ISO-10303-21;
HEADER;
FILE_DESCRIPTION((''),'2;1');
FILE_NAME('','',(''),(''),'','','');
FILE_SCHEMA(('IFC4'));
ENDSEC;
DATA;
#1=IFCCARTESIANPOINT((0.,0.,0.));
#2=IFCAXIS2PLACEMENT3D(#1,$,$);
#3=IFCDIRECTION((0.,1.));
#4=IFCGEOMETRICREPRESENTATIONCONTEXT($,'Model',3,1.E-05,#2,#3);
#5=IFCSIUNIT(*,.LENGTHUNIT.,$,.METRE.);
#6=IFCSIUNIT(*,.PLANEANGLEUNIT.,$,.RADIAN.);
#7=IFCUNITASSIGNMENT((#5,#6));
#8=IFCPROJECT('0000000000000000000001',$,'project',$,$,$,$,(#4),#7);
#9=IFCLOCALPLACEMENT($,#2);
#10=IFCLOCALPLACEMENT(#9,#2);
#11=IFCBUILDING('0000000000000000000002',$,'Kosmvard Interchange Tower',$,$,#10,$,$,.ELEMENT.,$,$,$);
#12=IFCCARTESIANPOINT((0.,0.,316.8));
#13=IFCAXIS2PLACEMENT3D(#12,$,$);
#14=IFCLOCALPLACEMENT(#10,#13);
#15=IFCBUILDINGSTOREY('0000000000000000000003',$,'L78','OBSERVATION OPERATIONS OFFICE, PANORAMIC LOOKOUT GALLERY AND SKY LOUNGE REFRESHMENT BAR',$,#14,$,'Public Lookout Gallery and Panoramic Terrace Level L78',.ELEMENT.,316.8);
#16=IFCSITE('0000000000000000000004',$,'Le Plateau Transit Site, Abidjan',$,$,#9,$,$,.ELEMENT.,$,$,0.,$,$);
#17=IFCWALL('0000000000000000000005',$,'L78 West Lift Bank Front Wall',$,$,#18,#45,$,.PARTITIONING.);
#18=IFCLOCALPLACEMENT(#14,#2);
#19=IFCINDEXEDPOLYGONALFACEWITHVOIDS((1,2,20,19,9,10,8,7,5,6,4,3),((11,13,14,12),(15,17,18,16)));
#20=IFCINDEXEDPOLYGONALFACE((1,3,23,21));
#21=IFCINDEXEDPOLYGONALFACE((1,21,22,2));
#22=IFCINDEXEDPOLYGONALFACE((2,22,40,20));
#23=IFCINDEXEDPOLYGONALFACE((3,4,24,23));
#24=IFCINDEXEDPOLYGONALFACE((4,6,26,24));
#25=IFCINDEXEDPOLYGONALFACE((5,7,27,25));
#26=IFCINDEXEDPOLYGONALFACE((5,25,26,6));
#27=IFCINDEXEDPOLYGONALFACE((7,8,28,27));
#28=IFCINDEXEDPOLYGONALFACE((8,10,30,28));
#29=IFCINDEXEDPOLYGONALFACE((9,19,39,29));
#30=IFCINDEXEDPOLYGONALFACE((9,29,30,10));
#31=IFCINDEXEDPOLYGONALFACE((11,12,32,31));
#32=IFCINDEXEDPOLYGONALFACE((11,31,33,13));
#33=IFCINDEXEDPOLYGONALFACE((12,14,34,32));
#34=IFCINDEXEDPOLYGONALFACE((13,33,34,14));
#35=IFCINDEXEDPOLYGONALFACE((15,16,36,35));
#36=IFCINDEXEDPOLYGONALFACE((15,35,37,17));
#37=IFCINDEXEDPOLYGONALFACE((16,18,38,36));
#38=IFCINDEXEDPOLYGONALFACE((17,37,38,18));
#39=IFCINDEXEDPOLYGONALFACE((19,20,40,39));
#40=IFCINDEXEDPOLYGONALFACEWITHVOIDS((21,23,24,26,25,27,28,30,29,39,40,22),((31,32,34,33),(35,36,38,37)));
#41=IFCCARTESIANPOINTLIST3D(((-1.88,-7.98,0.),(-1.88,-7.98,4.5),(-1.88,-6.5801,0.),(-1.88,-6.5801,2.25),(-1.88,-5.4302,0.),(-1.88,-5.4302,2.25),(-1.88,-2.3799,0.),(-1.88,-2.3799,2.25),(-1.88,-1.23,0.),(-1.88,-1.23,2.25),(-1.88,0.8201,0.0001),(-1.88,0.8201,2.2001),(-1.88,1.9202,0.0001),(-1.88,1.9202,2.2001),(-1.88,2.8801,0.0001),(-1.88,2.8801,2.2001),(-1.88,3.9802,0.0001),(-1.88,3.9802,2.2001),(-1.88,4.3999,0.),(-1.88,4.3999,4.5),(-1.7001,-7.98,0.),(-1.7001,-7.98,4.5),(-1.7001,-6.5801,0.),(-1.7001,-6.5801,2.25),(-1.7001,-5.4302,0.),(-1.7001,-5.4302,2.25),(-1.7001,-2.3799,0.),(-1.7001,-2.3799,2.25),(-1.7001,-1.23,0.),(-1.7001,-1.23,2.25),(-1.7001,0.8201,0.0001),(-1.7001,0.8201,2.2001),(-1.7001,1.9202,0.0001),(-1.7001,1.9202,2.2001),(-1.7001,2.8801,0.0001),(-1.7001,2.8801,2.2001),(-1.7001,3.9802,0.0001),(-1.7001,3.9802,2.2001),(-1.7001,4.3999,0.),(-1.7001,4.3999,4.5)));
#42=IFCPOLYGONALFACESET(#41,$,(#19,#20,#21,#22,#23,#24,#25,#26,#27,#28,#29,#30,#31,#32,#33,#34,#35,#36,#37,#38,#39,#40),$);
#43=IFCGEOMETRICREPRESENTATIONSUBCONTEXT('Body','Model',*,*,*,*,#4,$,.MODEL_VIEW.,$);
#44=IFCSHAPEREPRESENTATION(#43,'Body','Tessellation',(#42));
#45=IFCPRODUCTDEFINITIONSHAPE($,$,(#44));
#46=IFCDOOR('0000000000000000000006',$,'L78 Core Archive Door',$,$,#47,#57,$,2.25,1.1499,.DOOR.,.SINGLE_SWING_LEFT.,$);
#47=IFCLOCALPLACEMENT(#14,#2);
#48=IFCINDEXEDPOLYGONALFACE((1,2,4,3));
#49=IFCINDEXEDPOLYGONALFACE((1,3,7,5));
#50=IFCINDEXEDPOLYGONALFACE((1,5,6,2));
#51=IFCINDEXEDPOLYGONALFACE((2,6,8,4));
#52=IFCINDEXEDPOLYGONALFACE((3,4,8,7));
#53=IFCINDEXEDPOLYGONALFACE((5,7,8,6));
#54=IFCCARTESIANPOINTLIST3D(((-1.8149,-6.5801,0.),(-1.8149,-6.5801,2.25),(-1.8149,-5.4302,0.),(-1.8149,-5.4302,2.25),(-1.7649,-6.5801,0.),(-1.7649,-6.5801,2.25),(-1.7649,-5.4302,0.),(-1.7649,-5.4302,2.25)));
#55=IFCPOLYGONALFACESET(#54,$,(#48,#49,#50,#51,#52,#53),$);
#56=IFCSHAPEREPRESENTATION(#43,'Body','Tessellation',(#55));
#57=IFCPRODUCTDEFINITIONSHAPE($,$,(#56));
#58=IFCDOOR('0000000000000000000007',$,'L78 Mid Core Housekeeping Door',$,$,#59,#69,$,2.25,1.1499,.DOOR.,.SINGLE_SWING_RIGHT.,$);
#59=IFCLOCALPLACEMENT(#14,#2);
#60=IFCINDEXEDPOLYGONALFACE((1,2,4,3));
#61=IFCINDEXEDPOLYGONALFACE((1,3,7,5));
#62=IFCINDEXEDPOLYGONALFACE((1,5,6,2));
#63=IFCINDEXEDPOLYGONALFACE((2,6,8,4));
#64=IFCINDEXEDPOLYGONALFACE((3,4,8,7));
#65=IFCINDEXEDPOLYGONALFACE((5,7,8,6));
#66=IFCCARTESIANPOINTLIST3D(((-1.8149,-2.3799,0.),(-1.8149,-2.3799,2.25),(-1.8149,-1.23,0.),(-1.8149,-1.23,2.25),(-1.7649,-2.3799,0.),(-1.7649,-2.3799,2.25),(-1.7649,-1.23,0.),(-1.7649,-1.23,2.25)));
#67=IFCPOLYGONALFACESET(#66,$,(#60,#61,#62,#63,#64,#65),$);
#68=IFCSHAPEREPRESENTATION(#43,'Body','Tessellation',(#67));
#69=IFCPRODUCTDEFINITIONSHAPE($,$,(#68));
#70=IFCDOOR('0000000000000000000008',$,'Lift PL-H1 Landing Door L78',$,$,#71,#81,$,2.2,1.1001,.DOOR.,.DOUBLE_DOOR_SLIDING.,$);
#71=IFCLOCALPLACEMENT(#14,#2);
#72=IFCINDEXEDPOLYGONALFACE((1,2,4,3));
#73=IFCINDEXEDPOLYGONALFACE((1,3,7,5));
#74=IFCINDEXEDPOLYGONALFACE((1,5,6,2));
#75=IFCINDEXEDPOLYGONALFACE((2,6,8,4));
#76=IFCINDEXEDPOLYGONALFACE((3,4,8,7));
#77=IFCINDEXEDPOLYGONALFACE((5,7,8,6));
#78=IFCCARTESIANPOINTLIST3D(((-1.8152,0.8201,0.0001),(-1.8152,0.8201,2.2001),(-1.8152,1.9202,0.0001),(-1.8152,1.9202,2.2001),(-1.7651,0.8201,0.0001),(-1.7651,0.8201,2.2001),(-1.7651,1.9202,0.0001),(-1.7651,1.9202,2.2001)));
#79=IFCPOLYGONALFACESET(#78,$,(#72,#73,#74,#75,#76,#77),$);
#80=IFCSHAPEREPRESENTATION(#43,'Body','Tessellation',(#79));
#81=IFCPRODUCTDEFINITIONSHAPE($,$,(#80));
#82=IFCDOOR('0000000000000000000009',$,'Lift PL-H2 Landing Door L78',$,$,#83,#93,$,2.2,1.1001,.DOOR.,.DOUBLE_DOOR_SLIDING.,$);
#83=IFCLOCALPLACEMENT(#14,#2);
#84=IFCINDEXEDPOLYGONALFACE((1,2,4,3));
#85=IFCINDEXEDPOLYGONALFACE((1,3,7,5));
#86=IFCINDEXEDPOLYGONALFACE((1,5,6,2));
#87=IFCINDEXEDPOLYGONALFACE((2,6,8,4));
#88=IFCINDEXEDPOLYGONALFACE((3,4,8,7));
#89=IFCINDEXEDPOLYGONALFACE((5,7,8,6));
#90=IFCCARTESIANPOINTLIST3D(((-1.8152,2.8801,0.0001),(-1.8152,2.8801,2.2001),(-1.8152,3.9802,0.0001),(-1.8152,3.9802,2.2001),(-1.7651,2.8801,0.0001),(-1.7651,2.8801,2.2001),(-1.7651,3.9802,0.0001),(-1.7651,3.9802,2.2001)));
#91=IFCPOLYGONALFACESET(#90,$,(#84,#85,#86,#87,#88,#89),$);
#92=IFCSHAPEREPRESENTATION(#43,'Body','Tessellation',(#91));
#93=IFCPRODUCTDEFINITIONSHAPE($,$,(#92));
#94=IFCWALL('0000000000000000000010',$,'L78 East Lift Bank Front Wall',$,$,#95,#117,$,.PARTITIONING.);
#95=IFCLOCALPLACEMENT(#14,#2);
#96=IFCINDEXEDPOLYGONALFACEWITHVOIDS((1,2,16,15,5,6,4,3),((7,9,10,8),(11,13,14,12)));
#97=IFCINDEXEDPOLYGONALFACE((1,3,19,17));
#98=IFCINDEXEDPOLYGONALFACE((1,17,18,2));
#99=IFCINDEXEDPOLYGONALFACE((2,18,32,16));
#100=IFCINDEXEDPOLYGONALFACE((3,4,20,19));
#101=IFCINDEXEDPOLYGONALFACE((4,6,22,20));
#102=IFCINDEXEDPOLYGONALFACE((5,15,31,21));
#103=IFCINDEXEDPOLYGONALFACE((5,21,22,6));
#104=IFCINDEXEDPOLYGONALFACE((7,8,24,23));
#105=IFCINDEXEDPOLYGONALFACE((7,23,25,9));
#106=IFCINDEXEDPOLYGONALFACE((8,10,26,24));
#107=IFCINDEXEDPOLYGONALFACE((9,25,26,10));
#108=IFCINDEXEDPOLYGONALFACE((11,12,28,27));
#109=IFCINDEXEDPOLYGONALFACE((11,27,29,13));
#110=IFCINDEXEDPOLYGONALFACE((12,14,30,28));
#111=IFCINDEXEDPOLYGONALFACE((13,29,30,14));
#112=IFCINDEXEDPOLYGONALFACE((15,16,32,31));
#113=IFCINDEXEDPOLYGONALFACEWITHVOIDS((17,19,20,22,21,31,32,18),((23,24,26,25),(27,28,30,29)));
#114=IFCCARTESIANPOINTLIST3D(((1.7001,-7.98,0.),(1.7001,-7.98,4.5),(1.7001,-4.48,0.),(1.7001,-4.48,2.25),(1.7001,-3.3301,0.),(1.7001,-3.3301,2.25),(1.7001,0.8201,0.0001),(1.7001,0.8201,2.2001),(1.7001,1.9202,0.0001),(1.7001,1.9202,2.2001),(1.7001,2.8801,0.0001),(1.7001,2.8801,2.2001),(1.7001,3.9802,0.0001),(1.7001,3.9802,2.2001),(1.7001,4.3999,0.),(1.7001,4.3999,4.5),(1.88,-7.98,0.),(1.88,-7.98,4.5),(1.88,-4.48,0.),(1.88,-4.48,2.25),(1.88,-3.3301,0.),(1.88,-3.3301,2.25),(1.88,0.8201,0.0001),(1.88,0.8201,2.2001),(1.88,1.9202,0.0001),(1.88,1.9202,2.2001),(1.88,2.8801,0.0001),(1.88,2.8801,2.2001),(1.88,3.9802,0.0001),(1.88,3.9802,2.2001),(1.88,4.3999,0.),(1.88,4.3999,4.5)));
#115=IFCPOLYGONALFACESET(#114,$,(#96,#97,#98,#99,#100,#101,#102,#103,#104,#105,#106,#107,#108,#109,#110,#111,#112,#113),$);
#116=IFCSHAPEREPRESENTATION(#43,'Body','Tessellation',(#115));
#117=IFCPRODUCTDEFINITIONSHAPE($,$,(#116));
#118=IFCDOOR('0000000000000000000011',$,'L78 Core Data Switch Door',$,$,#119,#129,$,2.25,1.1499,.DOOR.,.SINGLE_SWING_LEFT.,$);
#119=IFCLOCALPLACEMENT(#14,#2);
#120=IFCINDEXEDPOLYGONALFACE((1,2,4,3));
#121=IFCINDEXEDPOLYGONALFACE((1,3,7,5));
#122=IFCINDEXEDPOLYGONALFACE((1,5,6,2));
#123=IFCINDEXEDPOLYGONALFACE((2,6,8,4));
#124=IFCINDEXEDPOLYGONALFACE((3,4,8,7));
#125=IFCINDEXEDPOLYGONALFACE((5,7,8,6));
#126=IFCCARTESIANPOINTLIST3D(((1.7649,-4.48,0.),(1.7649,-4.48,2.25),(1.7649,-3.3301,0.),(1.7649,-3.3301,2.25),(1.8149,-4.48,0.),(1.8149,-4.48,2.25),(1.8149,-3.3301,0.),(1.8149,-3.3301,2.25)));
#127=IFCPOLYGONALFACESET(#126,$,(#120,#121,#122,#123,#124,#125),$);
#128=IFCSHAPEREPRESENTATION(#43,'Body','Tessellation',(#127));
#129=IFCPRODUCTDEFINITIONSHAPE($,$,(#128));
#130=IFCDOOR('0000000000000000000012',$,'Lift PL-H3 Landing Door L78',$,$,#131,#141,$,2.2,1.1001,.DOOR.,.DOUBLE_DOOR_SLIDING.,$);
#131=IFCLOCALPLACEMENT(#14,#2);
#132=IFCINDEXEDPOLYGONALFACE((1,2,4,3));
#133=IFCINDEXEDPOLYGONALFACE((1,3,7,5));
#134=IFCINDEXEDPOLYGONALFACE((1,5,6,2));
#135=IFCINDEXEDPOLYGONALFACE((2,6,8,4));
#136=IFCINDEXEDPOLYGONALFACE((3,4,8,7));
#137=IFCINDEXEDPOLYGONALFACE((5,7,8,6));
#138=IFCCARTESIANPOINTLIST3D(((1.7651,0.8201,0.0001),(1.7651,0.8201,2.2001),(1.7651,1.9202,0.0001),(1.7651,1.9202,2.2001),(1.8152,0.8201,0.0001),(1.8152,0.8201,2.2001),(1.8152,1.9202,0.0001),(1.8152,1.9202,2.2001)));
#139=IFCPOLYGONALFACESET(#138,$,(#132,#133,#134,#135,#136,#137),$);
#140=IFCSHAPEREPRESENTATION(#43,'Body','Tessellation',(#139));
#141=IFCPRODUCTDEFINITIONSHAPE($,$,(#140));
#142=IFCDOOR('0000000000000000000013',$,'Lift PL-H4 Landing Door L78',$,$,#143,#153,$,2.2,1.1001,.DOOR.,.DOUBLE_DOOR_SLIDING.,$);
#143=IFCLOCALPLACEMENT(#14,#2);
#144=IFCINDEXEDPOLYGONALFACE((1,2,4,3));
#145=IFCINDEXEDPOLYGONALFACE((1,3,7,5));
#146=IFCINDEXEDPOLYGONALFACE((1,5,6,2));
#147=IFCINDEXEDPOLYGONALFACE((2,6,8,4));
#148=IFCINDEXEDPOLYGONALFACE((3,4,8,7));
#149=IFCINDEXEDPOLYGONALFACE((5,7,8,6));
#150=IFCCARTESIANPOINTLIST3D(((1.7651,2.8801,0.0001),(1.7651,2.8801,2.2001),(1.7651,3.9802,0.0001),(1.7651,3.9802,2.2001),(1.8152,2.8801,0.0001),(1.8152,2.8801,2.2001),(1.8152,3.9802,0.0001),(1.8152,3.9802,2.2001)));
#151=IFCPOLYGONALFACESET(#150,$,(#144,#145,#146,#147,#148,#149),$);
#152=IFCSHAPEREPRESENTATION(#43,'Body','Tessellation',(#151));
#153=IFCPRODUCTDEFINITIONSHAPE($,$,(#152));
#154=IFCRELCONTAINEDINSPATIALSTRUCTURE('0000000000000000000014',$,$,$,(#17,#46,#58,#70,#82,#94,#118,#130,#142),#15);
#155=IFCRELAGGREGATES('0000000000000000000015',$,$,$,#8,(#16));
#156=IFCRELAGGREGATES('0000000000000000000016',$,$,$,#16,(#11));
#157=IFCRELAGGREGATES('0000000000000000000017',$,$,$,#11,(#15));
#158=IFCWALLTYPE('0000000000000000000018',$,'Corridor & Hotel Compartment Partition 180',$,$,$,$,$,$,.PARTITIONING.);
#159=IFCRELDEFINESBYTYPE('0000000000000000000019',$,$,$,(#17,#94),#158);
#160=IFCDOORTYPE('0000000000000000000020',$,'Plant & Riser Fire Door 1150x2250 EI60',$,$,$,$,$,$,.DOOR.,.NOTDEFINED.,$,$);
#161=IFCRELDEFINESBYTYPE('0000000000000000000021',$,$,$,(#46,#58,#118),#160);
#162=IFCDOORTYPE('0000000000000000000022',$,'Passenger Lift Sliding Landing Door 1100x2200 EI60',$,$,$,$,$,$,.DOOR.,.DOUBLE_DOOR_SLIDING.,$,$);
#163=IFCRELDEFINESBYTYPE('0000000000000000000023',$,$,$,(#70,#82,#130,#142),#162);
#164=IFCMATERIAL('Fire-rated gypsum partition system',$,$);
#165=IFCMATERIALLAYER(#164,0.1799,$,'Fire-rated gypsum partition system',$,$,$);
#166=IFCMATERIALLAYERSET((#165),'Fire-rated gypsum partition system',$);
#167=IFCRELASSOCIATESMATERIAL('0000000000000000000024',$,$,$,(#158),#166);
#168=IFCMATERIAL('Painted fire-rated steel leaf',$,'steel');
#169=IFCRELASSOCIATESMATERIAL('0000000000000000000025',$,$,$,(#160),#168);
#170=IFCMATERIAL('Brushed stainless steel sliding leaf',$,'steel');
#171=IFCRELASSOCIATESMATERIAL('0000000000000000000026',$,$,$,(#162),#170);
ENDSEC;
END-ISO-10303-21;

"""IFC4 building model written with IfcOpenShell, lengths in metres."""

from ifc_helpers import new_model, si_unit, direction, frame, frame_2d, origin, place, context, subcontext, project, spatial, rectangle, extrude, source, transform, mapped, material, layer, layer_set, type_object, element, fill, save


model = new_model("IFC4")

# Units and contexts
model_context = context("Model", 3, precision=1e-05, world=origin(), true_north=direction((0.0, 1.0)))
body_context = subcontext(model_context, "Body", "Model", "MODEL_VIEW")
ifc_project = project(units=[si_unit("LENGTHUNIT", "METRE"), si_unit("PLANEANGLEUNIT", "RADIAN")], contexts=[model_context])

# Site, building, storey
site_placement = place(None, origin())
site = spatial("IfcSite", under=ifc_project, at=site_placement, Name="Le Plateau Transit Site, Abidjan", CompositionType="ELEMENT", RefElevation=0.0)
building_placement = place(site_placement, origin())
building = spatial("IfcBuilding", under=site, at=building_placement, Name="Kosmvard Interchange Tower", CompositionType="ELEMENT")
storey_placement = place(building_placement, frame((0.0, 0.0, 316.8)))
storey = spatial("IfcBuildingStorey", under=building, at=storey_placement, Name="L78", Description="OBSERVATION OPERATIONS OFFICE, PANORAMIC LOOKOUT GALLERY AND SKY LOUNGE REFRESHMENT BAR", LongName="Public Lookout Gallery and Panoramic Terrace Level L78", CompositionType="ELEMENT", Elevation=316.8)

# Walls, openings, doors
ifc_material_1 = material(Name="Fire-rated gypsum partition system")
ifc_layer_1 = layer(ifc_material_1, 0.1799, Name="Fire-rated gypsum partition system")
ifc_layer_set_1 = layer_set([ifc_layer_1], Name="Fire-rated gypsum partition system")
wall_type_1 = type_object("IfcWallType", Name="Corridor & Hotel Compartment Partition 180", PredefinedType="PARTITIONING", material=ifc_layer_set_1)
wall_1_placement = place(storey_placement, frame((-1.79, -7.98, 0.0), z_axis=(0.0, 0.0, 1.0), x_axis=(0.0, 1.0, 0.0)))
wall_1 = element("IfcWall", 1, at=wall_1_placement, inside=storey, type_object=wall_type_1, Name="L78 West Lift Bank Front Wall", PredefinedType="PARTITIONING", context=body_context, shape_type="SweptSolid", body=[
    extrude(rectangle(XDim=12.3799, YDim=0.1799, at=frame_2d((6.1899, 0.0))), origin(), (0.0, 0.0, 1.0), 4.5),
])
opening_1_placement = place(wall_1_placement, frame((8.8, 0.0, 0.0)))
opening_1 = element("IfcOpeningElement", 2, at=opening_1_placement, cuts=wall_1, PredefinedType="OPENING", context=body_context, shape_type="SweptSolid", body=[
    extrude(rectangle(XDim=1.1001, YDim=2.2, at=frame_2d((0.55, 1.1001))), frame((0.0, 0.1001, 0.0), z_axis=(0.0, -1.0, 0.0), x_axis=(1.0, 0.0, 0.0)), (0.0, 0.0, 1.0), 0.2),
])
opening_2_placement = place(wall_1_placement, frame((10.8601, 0.0, 0.0)))
opening_2 = element("IfcOpeningElement", 3, at=opening_2_placement, cuts=wall_1, PredefinedType="OPENING", context=body_context, shape_type="SweptSolid", body=[
    extrude(rectangle(XDim=1.1001, YDim=2.2, at=frame_2d((0.55, 1.1001))), frame((0.0, 0.1001, 0.0), z_axis=(0.0, -1.0, 0.0), x_axis=(1.0, 0.0, 0.0)), (0.0, 0.0, 1.0), 0.2),
])
opening_3_placement = place(wall_1_placement, frame((1.3999, 0.0, 0.0)))
opening_3 = element("IfcOpeningElement", 4, at=opening_3_placement, cuts=wall_1, PredefinedType="OPENING", context=body_context, shape_type="SweptSolid", body=[
    extrude(rectangle(XDim=1.1499, YDim=2.25, at=frame_2d((0.575, 1.125))), frame((0.0, 0.1001, 0.0), z_axis=(0.0, -1.0, 0.0), x_axis=(1.0, 0.0, 0.0)), (0.0, 0.0, 1.0), 0.2),
])
opening_4_placement = place(wall_1_placement, frame((5.6001, 0.0, 0.0)))
opening_4 = element("IfcOpeningElement", 5, at=opening_4_placement, cuts=wall_1, PredefinedType="OPENING", context=body_context, shape_type="SweptSolid", body=[
    extrude(rectangle(XDim=1.1499, YDim=2.25, at=frame_2d((0.575, 1.125))), frame((0.0, 0.1001, 0.0), z_axis=(0.0, -1.0, 0.0), x_axis=(1.0, 0.0, 0.0)), (0.0, 0.0, 1.0), 0.2),
])
ifc_material_2 = material(Name="Painted fire-rated steel leaf", Category="steel")
door_type_1 = type_object("IfcDoorType", Name="Plant & Riser Fire Door 1150x2250 EI60", OperationType="NOTDEFINED", PredefinedType="DOOR", material=ifc_material_2)
shared_shape_1 = source(origin(), body_context, "Body", "SweptSolid", [
    extrude(rectangle(XDim=1.1499, YDim=2.25, at=frame_2d((0.575, 1.125))), frame((0.0, 0.0249, 0.0), z_axis=(0.0, -1.0, 0.0), x_axis=(1.0, 0.0, 0.0)), (0.0, 0.0, 1.0), 0.05),
])
door_1_placement = place(opening_3_placement, origin())
door_1 = element("IfcDoor", 6, at=door_1_placement, inside=storey, type_object=door_type_1, Name="L78 Core Archive Door", OperationType="SINGLE_SWING_LEFT", OverallHeight=2.25, OverallWidth=1.1499, PredefinedType="DOOR", context=body_context, shape_type="MappedRepresentation", body=[
    mapped(shared_shape_1, transform((0.0, 0.0, 0.0), scale=1.0)),
])
fill(opening_3, door_1)
door_2_placement = place(opening_4_placement, origin())
door_2 = element("IfcDoor", 7, at=door_2_placement, inside=storey, type_object=door_type_1, Name="L78 Mid Core Housekeeping Door", OperationType="SINGLE_SWING_RIGHT", OverallHeight=2.25, OverallWidth=1.1499, PredefinedType="DOOR", context=body_context, shape_type="MappedRepresentation", body=[
    mapped(shared_shape_1, transform((0.0, 0.0, 0.0), scale=1.0)),
])
fill(opening_4, door_2)
ifc_material_3 = material(Name="Brushed stainless steel sliding leaf", Category="steel")
door_type_2 = type_object("IfcDoorType", Name="Passenger Lift Sliding Landing Door 1100x2200 EI60", OperationType="DOUBLE_DOOR_SLIDING", PredefinedType="DOOR", material=ifc_material_3)
shared_shape_2 = source(origin(), body_context, "Body", "SweptSolid", [
    extrude(rectangle(XDim=1.1001, YDim=2.2, at=frame_2d((0.55, 1.1001))), frame((0.0, 0.0249, 0.0), z_axis=(0.0, -1.0, 0.0), x_axis=(1.0, 0.0, 0.0)), (0.0, 0.0, 1.0), 0.05),
])
door_3_placement = place(opening_1_placement, frame((1.1001, 0.0, 0.0), z_axis=(0.0, 0.0, 1.0), x_axis=(-1.0, 0.0, 0.0)))
door_3 = element("IfcDoor", 8, at=door_3_placement, inside=storey, type_object=door_type_2, Name="Lift PL-H1 Landing Door L78", OperationType="DOUBLE_DOOR_SLIDING", OverallHeight=2.2, OverallWidth=1.1001, PredefinedType="DOOR", context=body_context, shape_type="MappedRepresentation", body=[
    mapped(shared_shape_2, transform((0.0, 0.0, 0.0), scale=1.0)),
])
fill(opening_1, door_3)
door_4_placement = place(opening_2_placement, frame((1.1001, 0.0, 0.0), z_axis=(0.0, 0.0, 1.0), x_axis=(-1.0, 0.0, 0.0)))
door_4 = element("IfcDoor", 9, at=door_4_placement, inside=storey, type_object=door_type_2, Name="Lift PL-H2 Landing Door L78", OperationType="DOUBLE_DOOR_SLIDING", OverallHeight=2.2, OverallWidth=1.1001, PredefinedType="DOOR", context=body_context, shape_type="MappedRepresentation", body=[
    mapped(shared_shape_2, transform((0.0, 0.0, 0.0), scale=1.0)),
])
fill(opening_2, door_4)
wall_2_placement = place(storey_placement, frame((1.79, -7.98, 0.0), z_axis=(0.0, 0.0, 1.0), x_axis=(0.0, 1.0, 0.0)))
wall_2 = element("IfcWall", 10, at=wall_2_placement, inside=storey, type_object=wall_type_1, Name="L78 East Lift Bank Front Wall", PredefinedType="PARTITIONING", context=body_context, shape_type="SweptSolid", body=[
    extrude(rectangle(XDim=12.3799, YDim=0.1799, at=frame_2d((6.1899, 0.0))), origin(), (0.0, 0.0, 1.0), 4.5),
])
opening_5_placement = place(wall_2_placement, frame((8.8, 0.0, 0.0)))
opening_5 = element("IfcOpeningElement", 11, at=opening_5_placement, cuts=wall_2, PredefinedType="OPENING", context=body_context, shape_type="SweptSolid", body=[
    extrude(rectangle(XDim=1.1001, YDim=2.2, at=frame_2d((0.55, 1.1001))), frame((0.0, 0.1001, 0.0), z_axis=(0.0, -1.0, 0.0), x_axis=(1.0, 0.0, 0.0)), (0.0, 0.0, 1.0), 0.2),
])
opening_6_placement = place(wall_2_placement, frame((10.8601, 0.0, 0.0)))
opening_6 = element("IfcOpeningElement", 12, at=opening_6_placement, cuts=wall_2, PredefinedType="OPENING", context=body_context, shape_type="SweptSolid", body=[
    extrude(rectangle(XDim=1.1001, YDim=2.2, at=frame_2d((0.55, 1.1001))), frame((0.0, 0.1001, 0.0), z_axis=(0.0, -1.0, 0.0), x_axis=(1.0, 0.0, 0.0)), (0.0, 0.0, 1.0), 0.2),
])
opening_7_placement = place(wall_2_placement, frame((3.5, 0.0, 0.0)))
opening_7 = element("IfcOpeningElement", 13, at=opening_7_placement, cuts=wall_2, PredefinedType="OPENING", context=body_context, shape_type="SweptSolid", body=[
    extrude(rectangle(XDim=1.1499, YDim=2.25, at=frame_2d((0.575, 1.125))), frame((0.0, 0.1001, 0.0), z_axis=(0.0, -1.0, 0.0), x_axis=(1.0, 0.0, 0.0)), (0.0, 0.0, 1.0), 0.2),
])
door_5_placement = place(opening_7_placement, frame((1.1499, 0.0, 0.0), z_axis=(0.0, 0.0, 1.0), x_axis=(-1.0, 0.0, 0.0)))
door_5 = element("IfcDoor", 14, at=door_5_placement, inside=storey, type_object=door_type_1, Name="L78 Core Data Switch Door", OperationType="SINGLE_SWING_LEFT", OverallHeight=2.25, OverallWidth=1.1499, PredefinedType="DOOR", context=body_context, shape_type="MappedRepresentation", body=[
    mapped(shared_shape_1, transform((0.0, 0.0, 0.0), scale=1.0)),
])
fill(opening_7, door_5)
door_6_placement = place(opening_5_placement, origin())
door_6 = element("IfcDoor", 15, at=door_6_placement, inside=storey, type_object=door_type_2, Name="Lift PL-H3 Landing Door L78", OperationType="DOUBLE_DOOR_SLIDING", OverallHeight=2.2, OverallWidth=1.1001, PredefinedType="DOOR", context=body_context, shape_type="MappedRepresentation", body=[
    mapped(shared_shape_2, transform((0.0, 0.0, 0.0), scale=1.0)),
])
fill(opening_5, door_6)
door_7_placement = place(opening_6_placement, origin())
door_7 = element("IfcDoor", 16, at=door_7_placement, inside=storey, type_object=door_type_2, Name="Lift PL-H4 Landing Door L78", OperationType="DOUBLE_DOOR_SLIDING", OverallHeight=2.2, OverallWidth=1.1001, PredefinedType="DOOR", context=body_context, shape_type="MappedRepresentation", body=[
    mapped(shared_shape_2, transform((0.0, 0.0, 0.0), scale=1.0)),
])
fill(opening_6, door_7)

save(model, "model.ifc")
